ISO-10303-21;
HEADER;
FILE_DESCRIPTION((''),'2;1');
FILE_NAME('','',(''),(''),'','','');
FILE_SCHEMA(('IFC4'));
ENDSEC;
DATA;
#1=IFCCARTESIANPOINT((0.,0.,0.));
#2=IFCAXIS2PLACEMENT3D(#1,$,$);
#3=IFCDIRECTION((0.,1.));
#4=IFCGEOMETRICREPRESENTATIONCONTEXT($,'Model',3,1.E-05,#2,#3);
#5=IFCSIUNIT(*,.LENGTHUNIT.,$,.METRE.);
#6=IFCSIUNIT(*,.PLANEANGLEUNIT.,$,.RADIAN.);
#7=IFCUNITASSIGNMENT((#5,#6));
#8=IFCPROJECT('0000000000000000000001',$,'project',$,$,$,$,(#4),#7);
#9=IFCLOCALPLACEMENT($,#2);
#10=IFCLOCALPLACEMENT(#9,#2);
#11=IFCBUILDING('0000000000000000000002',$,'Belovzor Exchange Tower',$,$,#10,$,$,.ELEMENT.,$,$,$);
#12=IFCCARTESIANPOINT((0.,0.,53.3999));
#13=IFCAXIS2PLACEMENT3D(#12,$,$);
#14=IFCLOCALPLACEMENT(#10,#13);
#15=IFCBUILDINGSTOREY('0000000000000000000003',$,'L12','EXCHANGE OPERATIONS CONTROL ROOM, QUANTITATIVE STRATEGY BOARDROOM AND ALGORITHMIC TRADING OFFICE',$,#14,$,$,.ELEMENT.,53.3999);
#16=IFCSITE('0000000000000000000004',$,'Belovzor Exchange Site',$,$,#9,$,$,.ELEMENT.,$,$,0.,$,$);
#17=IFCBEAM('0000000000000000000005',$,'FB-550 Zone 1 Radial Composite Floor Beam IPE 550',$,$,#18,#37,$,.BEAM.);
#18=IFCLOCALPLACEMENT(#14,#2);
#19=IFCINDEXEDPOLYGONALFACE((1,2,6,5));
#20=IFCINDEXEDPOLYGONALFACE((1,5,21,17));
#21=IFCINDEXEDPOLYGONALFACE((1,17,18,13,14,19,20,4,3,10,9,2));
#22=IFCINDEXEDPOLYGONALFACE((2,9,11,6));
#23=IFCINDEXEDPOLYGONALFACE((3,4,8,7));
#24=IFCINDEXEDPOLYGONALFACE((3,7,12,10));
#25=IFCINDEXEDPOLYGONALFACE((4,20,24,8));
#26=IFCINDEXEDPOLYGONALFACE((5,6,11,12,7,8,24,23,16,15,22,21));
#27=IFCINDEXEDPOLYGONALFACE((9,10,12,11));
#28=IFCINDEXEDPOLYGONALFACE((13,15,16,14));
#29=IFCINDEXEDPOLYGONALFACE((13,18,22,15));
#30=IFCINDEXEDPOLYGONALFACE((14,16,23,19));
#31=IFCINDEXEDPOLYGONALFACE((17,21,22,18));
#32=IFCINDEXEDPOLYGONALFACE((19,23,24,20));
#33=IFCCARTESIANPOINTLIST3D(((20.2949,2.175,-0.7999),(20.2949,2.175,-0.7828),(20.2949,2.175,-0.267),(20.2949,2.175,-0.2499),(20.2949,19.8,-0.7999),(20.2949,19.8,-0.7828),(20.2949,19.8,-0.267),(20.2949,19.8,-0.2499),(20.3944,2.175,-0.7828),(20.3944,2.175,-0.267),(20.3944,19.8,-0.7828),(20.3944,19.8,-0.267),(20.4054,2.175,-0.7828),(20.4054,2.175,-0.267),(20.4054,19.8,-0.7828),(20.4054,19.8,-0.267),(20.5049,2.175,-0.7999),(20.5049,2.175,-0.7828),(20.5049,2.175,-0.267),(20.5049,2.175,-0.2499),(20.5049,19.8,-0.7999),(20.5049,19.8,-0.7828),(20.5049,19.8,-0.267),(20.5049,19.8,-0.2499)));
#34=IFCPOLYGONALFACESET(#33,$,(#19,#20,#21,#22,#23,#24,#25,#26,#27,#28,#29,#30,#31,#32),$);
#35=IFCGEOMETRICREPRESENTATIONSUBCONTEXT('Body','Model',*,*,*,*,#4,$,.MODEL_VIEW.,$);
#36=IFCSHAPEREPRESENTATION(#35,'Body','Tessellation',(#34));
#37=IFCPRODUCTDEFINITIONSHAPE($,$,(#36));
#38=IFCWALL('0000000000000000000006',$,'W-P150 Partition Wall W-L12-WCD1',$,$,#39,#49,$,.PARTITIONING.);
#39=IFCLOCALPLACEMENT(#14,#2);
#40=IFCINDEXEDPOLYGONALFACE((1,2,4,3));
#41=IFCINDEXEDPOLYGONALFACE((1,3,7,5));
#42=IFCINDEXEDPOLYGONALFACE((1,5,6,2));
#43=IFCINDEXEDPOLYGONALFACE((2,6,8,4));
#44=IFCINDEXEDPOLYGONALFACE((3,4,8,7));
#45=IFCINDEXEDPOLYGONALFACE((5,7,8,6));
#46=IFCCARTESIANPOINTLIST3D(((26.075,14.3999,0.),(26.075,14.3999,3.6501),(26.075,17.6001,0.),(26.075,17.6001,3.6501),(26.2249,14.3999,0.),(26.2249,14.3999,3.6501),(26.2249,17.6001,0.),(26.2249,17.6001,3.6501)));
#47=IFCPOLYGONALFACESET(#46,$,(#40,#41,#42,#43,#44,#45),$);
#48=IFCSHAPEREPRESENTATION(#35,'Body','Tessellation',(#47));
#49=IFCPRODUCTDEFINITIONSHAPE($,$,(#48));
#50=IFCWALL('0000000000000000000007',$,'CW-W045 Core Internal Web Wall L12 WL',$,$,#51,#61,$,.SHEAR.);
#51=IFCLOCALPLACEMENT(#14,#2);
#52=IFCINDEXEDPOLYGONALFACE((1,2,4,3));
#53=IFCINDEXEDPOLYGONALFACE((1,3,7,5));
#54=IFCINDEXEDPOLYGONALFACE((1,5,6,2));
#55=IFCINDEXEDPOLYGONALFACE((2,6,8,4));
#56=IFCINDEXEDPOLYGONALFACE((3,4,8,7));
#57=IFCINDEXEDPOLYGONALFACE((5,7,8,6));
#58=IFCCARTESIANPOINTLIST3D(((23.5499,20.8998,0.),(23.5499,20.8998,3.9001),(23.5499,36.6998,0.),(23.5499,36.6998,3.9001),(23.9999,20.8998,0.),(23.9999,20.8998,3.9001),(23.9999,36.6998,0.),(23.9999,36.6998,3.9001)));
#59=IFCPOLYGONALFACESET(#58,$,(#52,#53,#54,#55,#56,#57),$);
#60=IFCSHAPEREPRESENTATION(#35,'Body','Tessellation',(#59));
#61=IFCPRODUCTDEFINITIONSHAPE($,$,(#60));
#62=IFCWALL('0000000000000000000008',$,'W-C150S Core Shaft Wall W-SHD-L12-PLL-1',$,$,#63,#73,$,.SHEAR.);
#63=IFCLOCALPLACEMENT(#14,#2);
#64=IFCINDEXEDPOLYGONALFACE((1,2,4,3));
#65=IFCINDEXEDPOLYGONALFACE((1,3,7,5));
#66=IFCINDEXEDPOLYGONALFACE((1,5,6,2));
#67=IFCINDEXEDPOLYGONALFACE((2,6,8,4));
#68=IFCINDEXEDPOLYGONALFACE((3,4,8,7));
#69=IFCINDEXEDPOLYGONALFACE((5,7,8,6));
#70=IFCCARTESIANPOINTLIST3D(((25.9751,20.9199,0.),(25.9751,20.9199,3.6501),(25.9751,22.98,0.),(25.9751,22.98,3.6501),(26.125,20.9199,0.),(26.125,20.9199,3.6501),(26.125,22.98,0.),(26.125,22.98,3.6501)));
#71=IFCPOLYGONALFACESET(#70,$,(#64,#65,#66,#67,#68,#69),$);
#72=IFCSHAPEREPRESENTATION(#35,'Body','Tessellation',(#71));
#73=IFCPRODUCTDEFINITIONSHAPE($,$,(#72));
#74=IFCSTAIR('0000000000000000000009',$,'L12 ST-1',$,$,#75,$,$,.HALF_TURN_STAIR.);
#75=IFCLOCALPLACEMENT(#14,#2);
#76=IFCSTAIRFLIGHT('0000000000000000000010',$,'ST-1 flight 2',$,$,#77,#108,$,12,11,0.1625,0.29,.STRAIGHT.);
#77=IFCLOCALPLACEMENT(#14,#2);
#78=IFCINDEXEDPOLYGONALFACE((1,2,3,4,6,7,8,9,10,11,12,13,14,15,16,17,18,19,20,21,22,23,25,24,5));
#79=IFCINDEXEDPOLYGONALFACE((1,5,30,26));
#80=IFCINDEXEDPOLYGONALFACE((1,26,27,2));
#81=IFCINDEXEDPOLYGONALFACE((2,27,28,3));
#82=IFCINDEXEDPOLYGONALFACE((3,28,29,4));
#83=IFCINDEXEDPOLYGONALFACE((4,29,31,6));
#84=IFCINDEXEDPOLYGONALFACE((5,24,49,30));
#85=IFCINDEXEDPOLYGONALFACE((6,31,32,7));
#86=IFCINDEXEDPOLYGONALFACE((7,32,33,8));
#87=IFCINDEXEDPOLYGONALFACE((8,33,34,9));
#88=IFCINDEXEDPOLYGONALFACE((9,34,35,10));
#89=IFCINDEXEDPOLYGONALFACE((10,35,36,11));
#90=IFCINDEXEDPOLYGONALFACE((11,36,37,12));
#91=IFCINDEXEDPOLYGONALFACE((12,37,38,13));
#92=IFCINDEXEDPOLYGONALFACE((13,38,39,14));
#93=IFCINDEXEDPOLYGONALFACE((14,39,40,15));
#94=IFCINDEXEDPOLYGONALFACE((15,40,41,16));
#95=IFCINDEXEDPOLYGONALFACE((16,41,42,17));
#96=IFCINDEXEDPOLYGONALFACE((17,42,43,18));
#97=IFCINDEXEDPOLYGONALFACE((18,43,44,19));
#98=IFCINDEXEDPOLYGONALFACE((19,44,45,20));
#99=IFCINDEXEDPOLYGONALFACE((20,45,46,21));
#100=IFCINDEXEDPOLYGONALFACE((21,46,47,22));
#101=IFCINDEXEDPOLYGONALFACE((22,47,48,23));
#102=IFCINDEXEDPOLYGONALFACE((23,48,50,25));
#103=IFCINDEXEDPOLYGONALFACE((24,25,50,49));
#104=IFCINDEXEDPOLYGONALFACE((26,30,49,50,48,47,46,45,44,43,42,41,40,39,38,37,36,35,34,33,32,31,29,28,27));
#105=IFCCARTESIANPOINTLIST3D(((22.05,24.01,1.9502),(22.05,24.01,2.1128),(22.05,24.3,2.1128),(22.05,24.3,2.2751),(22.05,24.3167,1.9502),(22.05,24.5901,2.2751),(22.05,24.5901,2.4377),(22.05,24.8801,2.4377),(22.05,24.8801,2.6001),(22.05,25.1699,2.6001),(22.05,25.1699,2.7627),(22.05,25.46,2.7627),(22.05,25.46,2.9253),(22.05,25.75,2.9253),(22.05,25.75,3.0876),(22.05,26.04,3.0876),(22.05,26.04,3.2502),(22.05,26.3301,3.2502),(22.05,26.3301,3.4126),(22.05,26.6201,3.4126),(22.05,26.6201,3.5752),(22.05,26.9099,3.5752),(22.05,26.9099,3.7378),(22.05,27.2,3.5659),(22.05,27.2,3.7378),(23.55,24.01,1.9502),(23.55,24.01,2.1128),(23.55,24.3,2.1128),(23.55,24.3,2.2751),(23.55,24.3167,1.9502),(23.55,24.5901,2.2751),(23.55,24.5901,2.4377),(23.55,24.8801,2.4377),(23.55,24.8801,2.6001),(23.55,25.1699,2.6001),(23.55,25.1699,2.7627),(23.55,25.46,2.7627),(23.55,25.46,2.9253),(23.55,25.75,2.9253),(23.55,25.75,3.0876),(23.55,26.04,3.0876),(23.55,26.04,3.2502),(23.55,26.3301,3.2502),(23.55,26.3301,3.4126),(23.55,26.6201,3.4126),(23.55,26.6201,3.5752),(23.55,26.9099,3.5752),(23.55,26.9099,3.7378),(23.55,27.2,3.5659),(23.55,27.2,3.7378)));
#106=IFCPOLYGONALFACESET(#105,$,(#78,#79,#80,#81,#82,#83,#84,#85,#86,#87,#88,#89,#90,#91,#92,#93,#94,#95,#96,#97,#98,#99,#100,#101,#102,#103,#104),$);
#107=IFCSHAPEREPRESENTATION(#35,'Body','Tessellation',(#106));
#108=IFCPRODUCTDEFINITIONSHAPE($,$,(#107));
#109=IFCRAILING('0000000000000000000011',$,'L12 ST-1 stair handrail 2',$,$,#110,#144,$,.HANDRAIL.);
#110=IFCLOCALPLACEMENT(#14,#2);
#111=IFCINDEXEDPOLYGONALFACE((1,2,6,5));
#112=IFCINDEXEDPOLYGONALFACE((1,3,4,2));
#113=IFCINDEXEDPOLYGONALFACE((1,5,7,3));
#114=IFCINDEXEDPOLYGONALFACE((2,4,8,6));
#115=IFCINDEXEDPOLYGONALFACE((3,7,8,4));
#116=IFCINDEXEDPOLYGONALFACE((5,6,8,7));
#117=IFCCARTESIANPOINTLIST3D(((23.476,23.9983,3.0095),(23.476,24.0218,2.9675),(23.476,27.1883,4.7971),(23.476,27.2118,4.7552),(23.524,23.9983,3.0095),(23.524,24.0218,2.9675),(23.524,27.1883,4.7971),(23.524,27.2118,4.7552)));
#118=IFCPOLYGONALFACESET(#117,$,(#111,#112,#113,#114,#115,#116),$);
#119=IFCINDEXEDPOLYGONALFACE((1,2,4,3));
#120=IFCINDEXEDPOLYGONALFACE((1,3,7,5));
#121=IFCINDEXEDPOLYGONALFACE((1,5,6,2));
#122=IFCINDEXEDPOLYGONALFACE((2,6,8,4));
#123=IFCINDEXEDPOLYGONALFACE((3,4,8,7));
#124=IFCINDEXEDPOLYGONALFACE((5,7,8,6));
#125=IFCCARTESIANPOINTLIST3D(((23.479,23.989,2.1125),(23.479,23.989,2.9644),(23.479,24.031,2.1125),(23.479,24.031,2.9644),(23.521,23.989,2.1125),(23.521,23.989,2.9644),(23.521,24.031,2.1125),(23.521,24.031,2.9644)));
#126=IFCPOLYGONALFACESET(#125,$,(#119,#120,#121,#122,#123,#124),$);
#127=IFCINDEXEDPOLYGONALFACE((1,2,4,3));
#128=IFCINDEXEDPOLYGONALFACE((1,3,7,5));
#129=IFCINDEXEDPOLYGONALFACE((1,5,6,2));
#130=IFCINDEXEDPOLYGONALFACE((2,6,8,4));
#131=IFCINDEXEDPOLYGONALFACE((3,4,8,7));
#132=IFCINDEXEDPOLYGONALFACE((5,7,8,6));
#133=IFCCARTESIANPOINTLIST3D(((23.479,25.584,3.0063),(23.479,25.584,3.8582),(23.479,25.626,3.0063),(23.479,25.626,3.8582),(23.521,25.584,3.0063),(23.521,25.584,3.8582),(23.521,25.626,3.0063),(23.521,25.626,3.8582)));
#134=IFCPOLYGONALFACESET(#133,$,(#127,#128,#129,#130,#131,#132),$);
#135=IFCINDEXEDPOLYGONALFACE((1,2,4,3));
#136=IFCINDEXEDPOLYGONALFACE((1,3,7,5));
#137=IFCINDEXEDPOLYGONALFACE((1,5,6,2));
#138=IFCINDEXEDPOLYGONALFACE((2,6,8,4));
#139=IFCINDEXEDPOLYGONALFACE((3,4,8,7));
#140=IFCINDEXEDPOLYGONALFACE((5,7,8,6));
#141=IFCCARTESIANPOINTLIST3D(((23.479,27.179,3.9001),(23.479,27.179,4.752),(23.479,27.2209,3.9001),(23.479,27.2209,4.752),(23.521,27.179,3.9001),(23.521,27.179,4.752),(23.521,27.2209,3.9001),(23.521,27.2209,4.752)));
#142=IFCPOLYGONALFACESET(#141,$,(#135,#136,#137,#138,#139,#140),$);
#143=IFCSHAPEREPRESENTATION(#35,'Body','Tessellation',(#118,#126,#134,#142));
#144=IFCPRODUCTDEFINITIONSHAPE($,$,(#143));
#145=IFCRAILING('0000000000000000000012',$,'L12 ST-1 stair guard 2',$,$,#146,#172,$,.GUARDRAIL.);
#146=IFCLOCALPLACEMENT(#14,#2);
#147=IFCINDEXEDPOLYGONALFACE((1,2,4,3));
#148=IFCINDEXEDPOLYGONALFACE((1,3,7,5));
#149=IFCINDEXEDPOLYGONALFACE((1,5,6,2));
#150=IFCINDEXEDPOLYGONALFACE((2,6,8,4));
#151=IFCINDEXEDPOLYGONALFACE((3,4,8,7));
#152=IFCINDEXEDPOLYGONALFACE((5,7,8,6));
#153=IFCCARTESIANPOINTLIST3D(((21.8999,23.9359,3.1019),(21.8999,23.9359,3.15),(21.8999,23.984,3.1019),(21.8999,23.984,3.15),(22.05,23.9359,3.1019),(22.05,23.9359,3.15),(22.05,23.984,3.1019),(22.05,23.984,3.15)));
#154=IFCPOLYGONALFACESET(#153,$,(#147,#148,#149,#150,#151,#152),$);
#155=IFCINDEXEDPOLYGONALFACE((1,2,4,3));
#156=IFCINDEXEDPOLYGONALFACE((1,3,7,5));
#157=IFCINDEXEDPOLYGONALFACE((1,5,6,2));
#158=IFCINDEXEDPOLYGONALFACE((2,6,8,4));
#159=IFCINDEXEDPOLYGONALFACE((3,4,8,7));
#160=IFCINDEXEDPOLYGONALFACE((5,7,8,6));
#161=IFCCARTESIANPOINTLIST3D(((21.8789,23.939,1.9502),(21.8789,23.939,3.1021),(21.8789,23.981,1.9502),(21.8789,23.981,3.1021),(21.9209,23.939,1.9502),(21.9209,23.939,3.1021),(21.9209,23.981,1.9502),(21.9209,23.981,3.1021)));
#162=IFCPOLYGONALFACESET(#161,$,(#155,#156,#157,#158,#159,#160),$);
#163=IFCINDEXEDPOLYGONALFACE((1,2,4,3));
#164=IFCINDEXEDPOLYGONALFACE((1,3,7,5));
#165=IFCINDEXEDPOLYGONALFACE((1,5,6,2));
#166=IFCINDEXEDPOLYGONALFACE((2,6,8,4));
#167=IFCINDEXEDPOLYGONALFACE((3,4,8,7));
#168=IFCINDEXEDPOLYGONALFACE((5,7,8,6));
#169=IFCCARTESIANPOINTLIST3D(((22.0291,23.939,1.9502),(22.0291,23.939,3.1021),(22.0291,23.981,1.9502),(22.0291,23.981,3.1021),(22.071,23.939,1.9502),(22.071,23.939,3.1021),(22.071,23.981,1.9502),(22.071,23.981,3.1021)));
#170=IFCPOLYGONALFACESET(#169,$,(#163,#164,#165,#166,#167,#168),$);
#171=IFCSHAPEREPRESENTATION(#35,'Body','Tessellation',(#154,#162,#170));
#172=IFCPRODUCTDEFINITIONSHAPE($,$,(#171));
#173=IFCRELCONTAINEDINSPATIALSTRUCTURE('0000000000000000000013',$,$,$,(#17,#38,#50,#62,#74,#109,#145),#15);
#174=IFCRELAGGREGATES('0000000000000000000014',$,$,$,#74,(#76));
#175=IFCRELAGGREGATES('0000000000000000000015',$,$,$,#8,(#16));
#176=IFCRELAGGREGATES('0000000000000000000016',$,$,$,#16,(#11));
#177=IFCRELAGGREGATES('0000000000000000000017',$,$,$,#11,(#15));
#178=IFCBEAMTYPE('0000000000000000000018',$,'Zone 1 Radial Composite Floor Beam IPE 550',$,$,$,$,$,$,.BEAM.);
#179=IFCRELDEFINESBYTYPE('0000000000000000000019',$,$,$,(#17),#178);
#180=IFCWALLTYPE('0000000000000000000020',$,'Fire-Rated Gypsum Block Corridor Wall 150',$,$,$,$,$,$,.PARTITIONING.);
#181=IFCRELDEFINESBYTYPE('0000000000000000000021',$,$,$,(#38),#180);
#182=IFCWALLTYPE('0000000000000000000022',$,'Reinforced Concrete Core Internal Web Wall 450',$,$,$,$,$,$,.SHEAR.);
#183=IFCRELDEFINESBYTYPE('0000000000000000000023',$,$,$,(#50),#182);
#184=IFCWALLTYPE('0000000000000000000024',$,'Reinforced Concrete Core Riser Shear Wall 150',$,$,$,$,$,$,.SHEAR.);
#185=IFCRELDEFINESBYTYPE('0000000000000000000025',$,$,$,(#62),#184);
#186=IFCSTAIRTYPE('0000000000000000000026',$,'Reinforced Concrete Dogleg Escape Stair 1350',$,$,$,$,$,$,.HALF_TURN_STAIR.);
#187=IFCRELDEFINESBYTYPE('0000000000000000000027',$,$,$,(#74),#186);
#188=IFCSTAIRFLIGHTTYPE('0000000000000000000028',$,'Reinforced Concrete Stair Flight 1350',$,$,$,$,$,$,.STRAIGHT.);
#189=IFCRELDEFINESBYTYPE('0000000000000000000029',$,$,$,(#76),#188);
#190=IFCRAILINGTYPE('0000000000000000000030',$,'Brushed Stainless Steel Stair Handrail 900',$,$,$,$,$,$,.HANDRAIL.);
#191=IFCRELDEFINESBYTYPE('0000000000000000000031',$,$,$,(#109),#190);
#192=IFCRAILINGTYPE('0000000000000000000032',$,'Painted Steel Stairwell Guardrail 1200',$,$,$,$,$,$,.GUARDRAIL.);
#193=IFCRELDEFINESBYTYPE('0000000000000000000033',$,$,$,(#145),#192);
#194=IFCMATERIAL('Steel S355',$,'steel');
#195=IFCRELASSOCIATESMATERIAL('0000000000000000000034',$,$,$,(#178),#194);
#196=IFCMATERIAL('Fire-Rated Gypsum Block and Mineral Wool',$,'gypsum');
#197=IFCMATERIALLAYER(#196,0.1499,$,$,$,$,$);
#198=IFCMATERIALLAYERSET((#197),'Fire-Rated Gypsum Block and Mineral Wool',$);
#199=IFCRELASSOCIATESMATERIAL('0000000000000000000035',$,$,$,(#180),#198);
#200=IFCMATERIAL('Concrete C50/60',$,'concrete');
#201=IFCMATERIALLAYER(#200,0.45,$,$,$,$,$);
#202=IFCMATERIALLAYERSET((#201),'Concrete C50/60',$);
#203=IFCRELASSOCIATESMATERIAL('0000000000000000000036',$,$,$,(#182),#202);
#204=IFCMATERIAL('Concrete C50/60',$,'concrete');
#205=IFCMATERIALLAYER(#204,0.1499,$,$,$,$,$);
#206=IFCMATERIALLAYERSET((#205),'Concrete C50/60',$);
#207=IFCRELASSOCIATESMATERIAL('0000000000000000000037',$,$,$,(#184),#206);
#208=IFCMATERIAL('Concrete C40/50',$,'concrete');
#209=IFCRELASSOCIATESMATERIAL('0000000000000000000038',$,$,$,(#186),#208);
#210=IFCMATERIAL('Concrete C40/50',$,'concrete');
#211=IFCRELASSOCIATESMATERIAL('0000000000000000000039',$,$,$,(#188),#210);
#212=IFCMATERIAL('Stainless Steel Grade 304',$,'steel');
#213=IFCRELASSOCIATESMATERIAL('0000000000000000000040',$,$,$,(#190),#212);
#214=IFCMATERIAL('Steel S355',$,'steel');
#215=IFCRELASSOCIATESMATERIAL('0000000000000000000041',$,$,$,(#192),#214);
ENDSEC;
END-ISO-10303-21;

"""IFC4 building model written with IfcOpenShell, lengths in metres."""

from ifc_helpers import new_model, si_unit, direction, frame, frame_2d, origin, origin_2d, place, context, subcontext, project, spatial, polyline, rectangle, i_section, outline, extrude, material, layer, layer_set, material_profile, profile_set, type_object, element, aggregate, save


model = new_model("IFC4")

# Units and contexts
model_context = context("Model", 3, precision=1e-05, world=origin(), true_north=direction((0.0, 1.0)))
body_context = subcontext(model_context, "Body", "Model", "MODEL_VIEW")
ifc_project = project(units=[si_unit("LENGTHUNIT", "METRE"), si_unit("PLANEANGLEUNIT", "RADIAN")], contexts=[model_context])

# Site, building, storey
site_placement = place(None, origin())
site = spatial("IfcSite", under=ifc_project, at=site_placement, Name="Belovzor Exchange Site", CompositionType="ELEMENT", RefElevation=0.0)
building_placement = place(site_placement, origin())
building = spatial("IfcBuilding", under=site, at=building_placement, Name="Belovzor Exchange Tower", CompositionType="ELEMENT")
storey_placement = place(building_placement, frame((0.0, 0.0, 53.3999)))
storey = spatial("IfcBuildingStorey", under=building, at=storey_placement, Name="L12", Description="EXCHANGE OPERATIONS CONTROL ROOM, QUANTITATIVE STRATEGY BOARDROOM AND ALGORITHMIC TRADING OFFICE", CompositionType="ELEMENT", Elevation=53.3999)

# Beam
ifc_material_1 = material(Name="Steel S355", Category="steel")
ifc_material_profile = material_profile(ifc_material_1, i_section(OverallWidth=0.21, OverallDepth=0.55, WebThickness=0.011, FlangeThickness=0.0171, at=origin_2d()))
ifc_profile_set = profile_set([ifc_material_profile], Name="Steel S355")
beam_type = type_object("IfcBeamType", Name="Zone 1 Radial Composite Floor Beam IPE 550", PredefinedType="BEAM", material=ifc_profile_set)
beam_placement = place(storey_placement, frame((20.3999, 19.8, -0.5249), z_axis=(0.0, -1.0, 0.0), x_axis=(1.0, 0.0, 0.0)))
element("IfcBeam", 1, at=beam_placement, inside=storey, type_object=beam_type, Name="FB-550 Zone 1 Radial Composite Floor Beam IPE 550", PredefinedType="BEAM", context=body_context, shape_type="SweptSolid", body=[
    extrude(i_section(OverallWidth=0.21, OverallDepth=0.55, WebThickness=0.011, FlangeThickness=0.0171, at=origin_2d()), origin(), (0.0, 0.0, 1.0), 17.625),
])

# Walls
ifc_material_2 = material(Name="Fire-Rated Gypsum Block and Mineral Wool", Category="gypsum")
ifc_layer_1 = layer(ifc_material_2, 0.1499)
ifc_layer_set_1 = layer_set([ifc_layer_1], Name="Fire-Rated Gypsum Block and Mineral Wool")
wall_type_1 = type_object("IfcWallType", Name="Fire-Rated Gypsum Block Corridor Wall 150", PredefinedType="PARTITIONING", material=ifc_layer_set_1)
wall_1_placement = place(storey_placement, frame((26.1499, 14.3999, 0.0), z_axis=(0.0, 0.0, 1.0), x_axis=(0.0, 1.0, 0.0)))
element("IfcWall", 2, at=wall_1_placement, inside=storey, type_object=wall_type_1, Name="W-P150 Partition Wall W-L12-WCD1", PredefinedType="PARTITIONING", context=body_context, shape_type="SweptSolid", body=[
    extrude(rectangle(XDim=3.2002, YDim=0.1499, at=frame_2d((1.6001, 0.0))), origin(), (0.0, 0.0, 1.0), 3.6501),
])
ifc_material_3 = material(Name="Concrete C50/60", Category="concrete")
ifc_layer_2 = layer(ifc_material_3, 0.45)
ifc_layer_set_2 = layer_set([ifc_layer_2], Name="Concrete C50/60")
wall_type_2 = type_object("IfcWallType", Name="Reinforced Concrete Core Internal Web Wall 450", PredefinedType="SHEAR", material=ifc_layer_set_2)
wall_2_placement = place(storey_placement, frame((23.7749, 20.8999, 0.0), z_axis=(0.0, 0.0, 1.0), x_axis=(0.0, 1.0, 0.0)))
element("IfcWall", 3, at=wall_2_placement, inside=storey, type_object=wall_type_2, Name="CW-W045 Core Internal Web Wall L12 WL", PredefinedType="SHEAR", context=body_context, shape_type="SweptSolid", body=[
    extrude(rectangle(XDim=15.8, YDim=0.45, at=frame_2d((7.8999, 0.0))), origin(), (0.0, 0.0, 1.0), 3.9001),
])
ifc_material_4 = material(Name="Concrete C50/60", Category="concrete")
ifc_layer_3 = layer(ifc_material_4, 0.1499)
ifc_layer_set_3 = layer_set([ifc_layer_3], Name="Concrete C50/60")
wall_type_3 = type_object("IfcWallType", Name="Reinforced Concrete Core Riser Shear Wall 150", PredefinedType="SHEAR", material=ifc_layer_set_3)
wall_3_placement = place(storey_placement, frame((26.05, 20.9199, 0.0), z_axis=(0.0, 0.0, 1.0), x_axis=(0.0, 1.0, 0.0)))
element("IfcWall", 4, at=wall_3_placement, inside=storey, type_object=wall_type_3, Name="W-C150S Core Shaft Wall W-SHD-L12-PLL-1", PredefinedType="SHEAR", context=body_context, shape_type="SweptSolid", body=[
    extrude(rectangle(XDim=2.0601, YDim=0.1499, at=frame_2d((1.03, 0.0))), origin(), (0.0, 0.0, 1.0), 3.6501),
])

# Stair, stair flight
ifc_material_5 = material(Name="Concrete C40/50", Category="concrete")
stair_type = type_object("IfcStairType", Name="Reinforced Concrete Dogleg Escape Stair 1350", PredefinedType="HALF_TURN_STAIR", material=ifc_material_5)
stair_placement = place(storey_placement, origin())
stair = element("IfcStair", 5, at=stair_placement, inside=storey, type_object=stair_type, Name="L12 ST-1", PredefinedType="HALF_TURN_STAIR")
ifc_material_6 = material(Name="Concrete C40/50", Category="concrete")
stair_flight_type = type_object("IfcStairFlightType", Name="Reinforced Concrete Stair Flight 1350", PredefinedType="STRAIGHT", material=ifc_material_6)
stair_flight_placement = place(storey_placement, frame((22.8, 24.01, 1.9502), z_axis=(0.0, 0.0, 1.0), x_axis=(0.0, 1.0, 0.0)))
stair_flight = element("IfcStairFlight", 6, at=stair_flight_placement, type_object=stair_flight_type, Name="ST-1 flight 2", NumberOfRisers=12, NumberOfTreads=11, PredefinedType="STRAIGHT", RiserHeight=0.1625, TreadLength=0.29, context=body_context, shape_type="SweptSolid", body=[
    extrude(outline(polyline([(0.0, 0.0), (0.0, 0.1626), (0.29, 0.1626), (0.29, 0.325), (0.5801, 0.325), (0.5801, 0.4875), (0.8701, 0.4875), (0.8701, 0.6499), (1.1599, 0.6499), (1.1599, 0.8125), (1.45, 0.8125), (1.45, 0.9751), (1.74, 0.9751), (1.74, 1.1375), (2.03, 1.1375), (2.03, 1.3), (2.3201, 1.3), (2.3201, 1.4624), (2.6101, 1.4624), (2.6101, 1.625), (2.8999, 1.625), (2.8999, 1.7876), (3.1899, 1.7876), (3.1899, 1.95), (3.1899, 1.6157), (0.3066, 0.0), (0.0, 0.0)])), frame((0.0, 0.75, 0.0), z_axis=(0.0, -1.0, 0.0), x_axis=(1.0, 0.0, 0.0)), (0.0, 0.0, 1.0), 1.5),
])
aggregate(stair, [stair_flight])

# Railings
ifc_material_7 = material(Name="Stainless Steel Grade 304", Category="steel")
railing_type_1 = type_object("IfcRailingType", Name="Brushed Stainless Steel Stair Handrail 900", PredefinedType="HANDRAIL", material=ifc_material_7)
railing_1_placement = place(storey_placement, frame((23.5, 24.01, 2.1125)))
element("IfcRailing", 7, at=railing_1_placement, inside=storey, type_object=railing_type_1, Name="L12 ST-1 stair handrail 2", PredefinedType="HANDRAIL", context=body_context, shape_type="SweptSolid", body=[
    extrude(rectangle(XDim=0.0481, YDim=0.0481, at=origin_2d()), frame((0.0, 0.0, 0.876), z_axis=(0.0, 0.872363, 0.48886), x_axis=(-1.0, 0.0, 0.0)), (0.0, 0.0, 1.0), 3.6567),
    extrude(rectangle(XDim=0.042, YDim=0.042, at=origin_2d()), origin(), (0.0, 0.0, 1.0), 0.8518),
    extrude(rectangle(XDim=0.042, YDim=0.042, at=origin_2d()), frame((0.0, 1.595, 0.8938)), (0.0, 0.0, 1.0), 0.8518),
    extrude(rectangle(XDim=0.042, YDim=0.042, at=origin_2d()), frame((0.0, 3.1899, 1.7876)), (0.0, 0.0, 1.0), 0.8518),
])
ifc_material_8 = material(Name="Steel S355", Category="steel")
railing_type_2 = type_object("IfcRailingType", Name="Painted Steel Stairwell Guardrail 1200", PredefinedType="GUARDRAIL", material=ifc_material_8)
railing_2_placement = place(storey_placement, frame((21.8999, 23.96, 1.9502)))
element("IfcRailing", 8, at=railing_2_placement, inside=storey, type_object=railing_type_2, Name="L12 ST-1 stair guard 2", PredefinedType="GUARDRAIL", context=body_context, shape_type="SweptSolid", body=[
    extrude(rectangle(XDim=0.0481, YDim=0.0481, at=origin_2d()), frame((0.0, 0.0, 1.1758), z_axis=(1.0, 0.0, 0.0), x_axis=(0.0, 1.0, 0.0)), (0.0, 0.0, 1.0), 0.1501),
    extrude(rectangle(XDim=0.042, YDim=0.042, at=origin_2d()), origin(), (0.0, 0.0, 1.0), 1.1519),
    extrude(rectangle(XDim=0.042, YDim=0.042, at=origin_2d()), frame((0.1501, 0.0, 0.0)), (0.0, 0.0, 1.0), 1.1519),
])

save(model, "model.ifc")
